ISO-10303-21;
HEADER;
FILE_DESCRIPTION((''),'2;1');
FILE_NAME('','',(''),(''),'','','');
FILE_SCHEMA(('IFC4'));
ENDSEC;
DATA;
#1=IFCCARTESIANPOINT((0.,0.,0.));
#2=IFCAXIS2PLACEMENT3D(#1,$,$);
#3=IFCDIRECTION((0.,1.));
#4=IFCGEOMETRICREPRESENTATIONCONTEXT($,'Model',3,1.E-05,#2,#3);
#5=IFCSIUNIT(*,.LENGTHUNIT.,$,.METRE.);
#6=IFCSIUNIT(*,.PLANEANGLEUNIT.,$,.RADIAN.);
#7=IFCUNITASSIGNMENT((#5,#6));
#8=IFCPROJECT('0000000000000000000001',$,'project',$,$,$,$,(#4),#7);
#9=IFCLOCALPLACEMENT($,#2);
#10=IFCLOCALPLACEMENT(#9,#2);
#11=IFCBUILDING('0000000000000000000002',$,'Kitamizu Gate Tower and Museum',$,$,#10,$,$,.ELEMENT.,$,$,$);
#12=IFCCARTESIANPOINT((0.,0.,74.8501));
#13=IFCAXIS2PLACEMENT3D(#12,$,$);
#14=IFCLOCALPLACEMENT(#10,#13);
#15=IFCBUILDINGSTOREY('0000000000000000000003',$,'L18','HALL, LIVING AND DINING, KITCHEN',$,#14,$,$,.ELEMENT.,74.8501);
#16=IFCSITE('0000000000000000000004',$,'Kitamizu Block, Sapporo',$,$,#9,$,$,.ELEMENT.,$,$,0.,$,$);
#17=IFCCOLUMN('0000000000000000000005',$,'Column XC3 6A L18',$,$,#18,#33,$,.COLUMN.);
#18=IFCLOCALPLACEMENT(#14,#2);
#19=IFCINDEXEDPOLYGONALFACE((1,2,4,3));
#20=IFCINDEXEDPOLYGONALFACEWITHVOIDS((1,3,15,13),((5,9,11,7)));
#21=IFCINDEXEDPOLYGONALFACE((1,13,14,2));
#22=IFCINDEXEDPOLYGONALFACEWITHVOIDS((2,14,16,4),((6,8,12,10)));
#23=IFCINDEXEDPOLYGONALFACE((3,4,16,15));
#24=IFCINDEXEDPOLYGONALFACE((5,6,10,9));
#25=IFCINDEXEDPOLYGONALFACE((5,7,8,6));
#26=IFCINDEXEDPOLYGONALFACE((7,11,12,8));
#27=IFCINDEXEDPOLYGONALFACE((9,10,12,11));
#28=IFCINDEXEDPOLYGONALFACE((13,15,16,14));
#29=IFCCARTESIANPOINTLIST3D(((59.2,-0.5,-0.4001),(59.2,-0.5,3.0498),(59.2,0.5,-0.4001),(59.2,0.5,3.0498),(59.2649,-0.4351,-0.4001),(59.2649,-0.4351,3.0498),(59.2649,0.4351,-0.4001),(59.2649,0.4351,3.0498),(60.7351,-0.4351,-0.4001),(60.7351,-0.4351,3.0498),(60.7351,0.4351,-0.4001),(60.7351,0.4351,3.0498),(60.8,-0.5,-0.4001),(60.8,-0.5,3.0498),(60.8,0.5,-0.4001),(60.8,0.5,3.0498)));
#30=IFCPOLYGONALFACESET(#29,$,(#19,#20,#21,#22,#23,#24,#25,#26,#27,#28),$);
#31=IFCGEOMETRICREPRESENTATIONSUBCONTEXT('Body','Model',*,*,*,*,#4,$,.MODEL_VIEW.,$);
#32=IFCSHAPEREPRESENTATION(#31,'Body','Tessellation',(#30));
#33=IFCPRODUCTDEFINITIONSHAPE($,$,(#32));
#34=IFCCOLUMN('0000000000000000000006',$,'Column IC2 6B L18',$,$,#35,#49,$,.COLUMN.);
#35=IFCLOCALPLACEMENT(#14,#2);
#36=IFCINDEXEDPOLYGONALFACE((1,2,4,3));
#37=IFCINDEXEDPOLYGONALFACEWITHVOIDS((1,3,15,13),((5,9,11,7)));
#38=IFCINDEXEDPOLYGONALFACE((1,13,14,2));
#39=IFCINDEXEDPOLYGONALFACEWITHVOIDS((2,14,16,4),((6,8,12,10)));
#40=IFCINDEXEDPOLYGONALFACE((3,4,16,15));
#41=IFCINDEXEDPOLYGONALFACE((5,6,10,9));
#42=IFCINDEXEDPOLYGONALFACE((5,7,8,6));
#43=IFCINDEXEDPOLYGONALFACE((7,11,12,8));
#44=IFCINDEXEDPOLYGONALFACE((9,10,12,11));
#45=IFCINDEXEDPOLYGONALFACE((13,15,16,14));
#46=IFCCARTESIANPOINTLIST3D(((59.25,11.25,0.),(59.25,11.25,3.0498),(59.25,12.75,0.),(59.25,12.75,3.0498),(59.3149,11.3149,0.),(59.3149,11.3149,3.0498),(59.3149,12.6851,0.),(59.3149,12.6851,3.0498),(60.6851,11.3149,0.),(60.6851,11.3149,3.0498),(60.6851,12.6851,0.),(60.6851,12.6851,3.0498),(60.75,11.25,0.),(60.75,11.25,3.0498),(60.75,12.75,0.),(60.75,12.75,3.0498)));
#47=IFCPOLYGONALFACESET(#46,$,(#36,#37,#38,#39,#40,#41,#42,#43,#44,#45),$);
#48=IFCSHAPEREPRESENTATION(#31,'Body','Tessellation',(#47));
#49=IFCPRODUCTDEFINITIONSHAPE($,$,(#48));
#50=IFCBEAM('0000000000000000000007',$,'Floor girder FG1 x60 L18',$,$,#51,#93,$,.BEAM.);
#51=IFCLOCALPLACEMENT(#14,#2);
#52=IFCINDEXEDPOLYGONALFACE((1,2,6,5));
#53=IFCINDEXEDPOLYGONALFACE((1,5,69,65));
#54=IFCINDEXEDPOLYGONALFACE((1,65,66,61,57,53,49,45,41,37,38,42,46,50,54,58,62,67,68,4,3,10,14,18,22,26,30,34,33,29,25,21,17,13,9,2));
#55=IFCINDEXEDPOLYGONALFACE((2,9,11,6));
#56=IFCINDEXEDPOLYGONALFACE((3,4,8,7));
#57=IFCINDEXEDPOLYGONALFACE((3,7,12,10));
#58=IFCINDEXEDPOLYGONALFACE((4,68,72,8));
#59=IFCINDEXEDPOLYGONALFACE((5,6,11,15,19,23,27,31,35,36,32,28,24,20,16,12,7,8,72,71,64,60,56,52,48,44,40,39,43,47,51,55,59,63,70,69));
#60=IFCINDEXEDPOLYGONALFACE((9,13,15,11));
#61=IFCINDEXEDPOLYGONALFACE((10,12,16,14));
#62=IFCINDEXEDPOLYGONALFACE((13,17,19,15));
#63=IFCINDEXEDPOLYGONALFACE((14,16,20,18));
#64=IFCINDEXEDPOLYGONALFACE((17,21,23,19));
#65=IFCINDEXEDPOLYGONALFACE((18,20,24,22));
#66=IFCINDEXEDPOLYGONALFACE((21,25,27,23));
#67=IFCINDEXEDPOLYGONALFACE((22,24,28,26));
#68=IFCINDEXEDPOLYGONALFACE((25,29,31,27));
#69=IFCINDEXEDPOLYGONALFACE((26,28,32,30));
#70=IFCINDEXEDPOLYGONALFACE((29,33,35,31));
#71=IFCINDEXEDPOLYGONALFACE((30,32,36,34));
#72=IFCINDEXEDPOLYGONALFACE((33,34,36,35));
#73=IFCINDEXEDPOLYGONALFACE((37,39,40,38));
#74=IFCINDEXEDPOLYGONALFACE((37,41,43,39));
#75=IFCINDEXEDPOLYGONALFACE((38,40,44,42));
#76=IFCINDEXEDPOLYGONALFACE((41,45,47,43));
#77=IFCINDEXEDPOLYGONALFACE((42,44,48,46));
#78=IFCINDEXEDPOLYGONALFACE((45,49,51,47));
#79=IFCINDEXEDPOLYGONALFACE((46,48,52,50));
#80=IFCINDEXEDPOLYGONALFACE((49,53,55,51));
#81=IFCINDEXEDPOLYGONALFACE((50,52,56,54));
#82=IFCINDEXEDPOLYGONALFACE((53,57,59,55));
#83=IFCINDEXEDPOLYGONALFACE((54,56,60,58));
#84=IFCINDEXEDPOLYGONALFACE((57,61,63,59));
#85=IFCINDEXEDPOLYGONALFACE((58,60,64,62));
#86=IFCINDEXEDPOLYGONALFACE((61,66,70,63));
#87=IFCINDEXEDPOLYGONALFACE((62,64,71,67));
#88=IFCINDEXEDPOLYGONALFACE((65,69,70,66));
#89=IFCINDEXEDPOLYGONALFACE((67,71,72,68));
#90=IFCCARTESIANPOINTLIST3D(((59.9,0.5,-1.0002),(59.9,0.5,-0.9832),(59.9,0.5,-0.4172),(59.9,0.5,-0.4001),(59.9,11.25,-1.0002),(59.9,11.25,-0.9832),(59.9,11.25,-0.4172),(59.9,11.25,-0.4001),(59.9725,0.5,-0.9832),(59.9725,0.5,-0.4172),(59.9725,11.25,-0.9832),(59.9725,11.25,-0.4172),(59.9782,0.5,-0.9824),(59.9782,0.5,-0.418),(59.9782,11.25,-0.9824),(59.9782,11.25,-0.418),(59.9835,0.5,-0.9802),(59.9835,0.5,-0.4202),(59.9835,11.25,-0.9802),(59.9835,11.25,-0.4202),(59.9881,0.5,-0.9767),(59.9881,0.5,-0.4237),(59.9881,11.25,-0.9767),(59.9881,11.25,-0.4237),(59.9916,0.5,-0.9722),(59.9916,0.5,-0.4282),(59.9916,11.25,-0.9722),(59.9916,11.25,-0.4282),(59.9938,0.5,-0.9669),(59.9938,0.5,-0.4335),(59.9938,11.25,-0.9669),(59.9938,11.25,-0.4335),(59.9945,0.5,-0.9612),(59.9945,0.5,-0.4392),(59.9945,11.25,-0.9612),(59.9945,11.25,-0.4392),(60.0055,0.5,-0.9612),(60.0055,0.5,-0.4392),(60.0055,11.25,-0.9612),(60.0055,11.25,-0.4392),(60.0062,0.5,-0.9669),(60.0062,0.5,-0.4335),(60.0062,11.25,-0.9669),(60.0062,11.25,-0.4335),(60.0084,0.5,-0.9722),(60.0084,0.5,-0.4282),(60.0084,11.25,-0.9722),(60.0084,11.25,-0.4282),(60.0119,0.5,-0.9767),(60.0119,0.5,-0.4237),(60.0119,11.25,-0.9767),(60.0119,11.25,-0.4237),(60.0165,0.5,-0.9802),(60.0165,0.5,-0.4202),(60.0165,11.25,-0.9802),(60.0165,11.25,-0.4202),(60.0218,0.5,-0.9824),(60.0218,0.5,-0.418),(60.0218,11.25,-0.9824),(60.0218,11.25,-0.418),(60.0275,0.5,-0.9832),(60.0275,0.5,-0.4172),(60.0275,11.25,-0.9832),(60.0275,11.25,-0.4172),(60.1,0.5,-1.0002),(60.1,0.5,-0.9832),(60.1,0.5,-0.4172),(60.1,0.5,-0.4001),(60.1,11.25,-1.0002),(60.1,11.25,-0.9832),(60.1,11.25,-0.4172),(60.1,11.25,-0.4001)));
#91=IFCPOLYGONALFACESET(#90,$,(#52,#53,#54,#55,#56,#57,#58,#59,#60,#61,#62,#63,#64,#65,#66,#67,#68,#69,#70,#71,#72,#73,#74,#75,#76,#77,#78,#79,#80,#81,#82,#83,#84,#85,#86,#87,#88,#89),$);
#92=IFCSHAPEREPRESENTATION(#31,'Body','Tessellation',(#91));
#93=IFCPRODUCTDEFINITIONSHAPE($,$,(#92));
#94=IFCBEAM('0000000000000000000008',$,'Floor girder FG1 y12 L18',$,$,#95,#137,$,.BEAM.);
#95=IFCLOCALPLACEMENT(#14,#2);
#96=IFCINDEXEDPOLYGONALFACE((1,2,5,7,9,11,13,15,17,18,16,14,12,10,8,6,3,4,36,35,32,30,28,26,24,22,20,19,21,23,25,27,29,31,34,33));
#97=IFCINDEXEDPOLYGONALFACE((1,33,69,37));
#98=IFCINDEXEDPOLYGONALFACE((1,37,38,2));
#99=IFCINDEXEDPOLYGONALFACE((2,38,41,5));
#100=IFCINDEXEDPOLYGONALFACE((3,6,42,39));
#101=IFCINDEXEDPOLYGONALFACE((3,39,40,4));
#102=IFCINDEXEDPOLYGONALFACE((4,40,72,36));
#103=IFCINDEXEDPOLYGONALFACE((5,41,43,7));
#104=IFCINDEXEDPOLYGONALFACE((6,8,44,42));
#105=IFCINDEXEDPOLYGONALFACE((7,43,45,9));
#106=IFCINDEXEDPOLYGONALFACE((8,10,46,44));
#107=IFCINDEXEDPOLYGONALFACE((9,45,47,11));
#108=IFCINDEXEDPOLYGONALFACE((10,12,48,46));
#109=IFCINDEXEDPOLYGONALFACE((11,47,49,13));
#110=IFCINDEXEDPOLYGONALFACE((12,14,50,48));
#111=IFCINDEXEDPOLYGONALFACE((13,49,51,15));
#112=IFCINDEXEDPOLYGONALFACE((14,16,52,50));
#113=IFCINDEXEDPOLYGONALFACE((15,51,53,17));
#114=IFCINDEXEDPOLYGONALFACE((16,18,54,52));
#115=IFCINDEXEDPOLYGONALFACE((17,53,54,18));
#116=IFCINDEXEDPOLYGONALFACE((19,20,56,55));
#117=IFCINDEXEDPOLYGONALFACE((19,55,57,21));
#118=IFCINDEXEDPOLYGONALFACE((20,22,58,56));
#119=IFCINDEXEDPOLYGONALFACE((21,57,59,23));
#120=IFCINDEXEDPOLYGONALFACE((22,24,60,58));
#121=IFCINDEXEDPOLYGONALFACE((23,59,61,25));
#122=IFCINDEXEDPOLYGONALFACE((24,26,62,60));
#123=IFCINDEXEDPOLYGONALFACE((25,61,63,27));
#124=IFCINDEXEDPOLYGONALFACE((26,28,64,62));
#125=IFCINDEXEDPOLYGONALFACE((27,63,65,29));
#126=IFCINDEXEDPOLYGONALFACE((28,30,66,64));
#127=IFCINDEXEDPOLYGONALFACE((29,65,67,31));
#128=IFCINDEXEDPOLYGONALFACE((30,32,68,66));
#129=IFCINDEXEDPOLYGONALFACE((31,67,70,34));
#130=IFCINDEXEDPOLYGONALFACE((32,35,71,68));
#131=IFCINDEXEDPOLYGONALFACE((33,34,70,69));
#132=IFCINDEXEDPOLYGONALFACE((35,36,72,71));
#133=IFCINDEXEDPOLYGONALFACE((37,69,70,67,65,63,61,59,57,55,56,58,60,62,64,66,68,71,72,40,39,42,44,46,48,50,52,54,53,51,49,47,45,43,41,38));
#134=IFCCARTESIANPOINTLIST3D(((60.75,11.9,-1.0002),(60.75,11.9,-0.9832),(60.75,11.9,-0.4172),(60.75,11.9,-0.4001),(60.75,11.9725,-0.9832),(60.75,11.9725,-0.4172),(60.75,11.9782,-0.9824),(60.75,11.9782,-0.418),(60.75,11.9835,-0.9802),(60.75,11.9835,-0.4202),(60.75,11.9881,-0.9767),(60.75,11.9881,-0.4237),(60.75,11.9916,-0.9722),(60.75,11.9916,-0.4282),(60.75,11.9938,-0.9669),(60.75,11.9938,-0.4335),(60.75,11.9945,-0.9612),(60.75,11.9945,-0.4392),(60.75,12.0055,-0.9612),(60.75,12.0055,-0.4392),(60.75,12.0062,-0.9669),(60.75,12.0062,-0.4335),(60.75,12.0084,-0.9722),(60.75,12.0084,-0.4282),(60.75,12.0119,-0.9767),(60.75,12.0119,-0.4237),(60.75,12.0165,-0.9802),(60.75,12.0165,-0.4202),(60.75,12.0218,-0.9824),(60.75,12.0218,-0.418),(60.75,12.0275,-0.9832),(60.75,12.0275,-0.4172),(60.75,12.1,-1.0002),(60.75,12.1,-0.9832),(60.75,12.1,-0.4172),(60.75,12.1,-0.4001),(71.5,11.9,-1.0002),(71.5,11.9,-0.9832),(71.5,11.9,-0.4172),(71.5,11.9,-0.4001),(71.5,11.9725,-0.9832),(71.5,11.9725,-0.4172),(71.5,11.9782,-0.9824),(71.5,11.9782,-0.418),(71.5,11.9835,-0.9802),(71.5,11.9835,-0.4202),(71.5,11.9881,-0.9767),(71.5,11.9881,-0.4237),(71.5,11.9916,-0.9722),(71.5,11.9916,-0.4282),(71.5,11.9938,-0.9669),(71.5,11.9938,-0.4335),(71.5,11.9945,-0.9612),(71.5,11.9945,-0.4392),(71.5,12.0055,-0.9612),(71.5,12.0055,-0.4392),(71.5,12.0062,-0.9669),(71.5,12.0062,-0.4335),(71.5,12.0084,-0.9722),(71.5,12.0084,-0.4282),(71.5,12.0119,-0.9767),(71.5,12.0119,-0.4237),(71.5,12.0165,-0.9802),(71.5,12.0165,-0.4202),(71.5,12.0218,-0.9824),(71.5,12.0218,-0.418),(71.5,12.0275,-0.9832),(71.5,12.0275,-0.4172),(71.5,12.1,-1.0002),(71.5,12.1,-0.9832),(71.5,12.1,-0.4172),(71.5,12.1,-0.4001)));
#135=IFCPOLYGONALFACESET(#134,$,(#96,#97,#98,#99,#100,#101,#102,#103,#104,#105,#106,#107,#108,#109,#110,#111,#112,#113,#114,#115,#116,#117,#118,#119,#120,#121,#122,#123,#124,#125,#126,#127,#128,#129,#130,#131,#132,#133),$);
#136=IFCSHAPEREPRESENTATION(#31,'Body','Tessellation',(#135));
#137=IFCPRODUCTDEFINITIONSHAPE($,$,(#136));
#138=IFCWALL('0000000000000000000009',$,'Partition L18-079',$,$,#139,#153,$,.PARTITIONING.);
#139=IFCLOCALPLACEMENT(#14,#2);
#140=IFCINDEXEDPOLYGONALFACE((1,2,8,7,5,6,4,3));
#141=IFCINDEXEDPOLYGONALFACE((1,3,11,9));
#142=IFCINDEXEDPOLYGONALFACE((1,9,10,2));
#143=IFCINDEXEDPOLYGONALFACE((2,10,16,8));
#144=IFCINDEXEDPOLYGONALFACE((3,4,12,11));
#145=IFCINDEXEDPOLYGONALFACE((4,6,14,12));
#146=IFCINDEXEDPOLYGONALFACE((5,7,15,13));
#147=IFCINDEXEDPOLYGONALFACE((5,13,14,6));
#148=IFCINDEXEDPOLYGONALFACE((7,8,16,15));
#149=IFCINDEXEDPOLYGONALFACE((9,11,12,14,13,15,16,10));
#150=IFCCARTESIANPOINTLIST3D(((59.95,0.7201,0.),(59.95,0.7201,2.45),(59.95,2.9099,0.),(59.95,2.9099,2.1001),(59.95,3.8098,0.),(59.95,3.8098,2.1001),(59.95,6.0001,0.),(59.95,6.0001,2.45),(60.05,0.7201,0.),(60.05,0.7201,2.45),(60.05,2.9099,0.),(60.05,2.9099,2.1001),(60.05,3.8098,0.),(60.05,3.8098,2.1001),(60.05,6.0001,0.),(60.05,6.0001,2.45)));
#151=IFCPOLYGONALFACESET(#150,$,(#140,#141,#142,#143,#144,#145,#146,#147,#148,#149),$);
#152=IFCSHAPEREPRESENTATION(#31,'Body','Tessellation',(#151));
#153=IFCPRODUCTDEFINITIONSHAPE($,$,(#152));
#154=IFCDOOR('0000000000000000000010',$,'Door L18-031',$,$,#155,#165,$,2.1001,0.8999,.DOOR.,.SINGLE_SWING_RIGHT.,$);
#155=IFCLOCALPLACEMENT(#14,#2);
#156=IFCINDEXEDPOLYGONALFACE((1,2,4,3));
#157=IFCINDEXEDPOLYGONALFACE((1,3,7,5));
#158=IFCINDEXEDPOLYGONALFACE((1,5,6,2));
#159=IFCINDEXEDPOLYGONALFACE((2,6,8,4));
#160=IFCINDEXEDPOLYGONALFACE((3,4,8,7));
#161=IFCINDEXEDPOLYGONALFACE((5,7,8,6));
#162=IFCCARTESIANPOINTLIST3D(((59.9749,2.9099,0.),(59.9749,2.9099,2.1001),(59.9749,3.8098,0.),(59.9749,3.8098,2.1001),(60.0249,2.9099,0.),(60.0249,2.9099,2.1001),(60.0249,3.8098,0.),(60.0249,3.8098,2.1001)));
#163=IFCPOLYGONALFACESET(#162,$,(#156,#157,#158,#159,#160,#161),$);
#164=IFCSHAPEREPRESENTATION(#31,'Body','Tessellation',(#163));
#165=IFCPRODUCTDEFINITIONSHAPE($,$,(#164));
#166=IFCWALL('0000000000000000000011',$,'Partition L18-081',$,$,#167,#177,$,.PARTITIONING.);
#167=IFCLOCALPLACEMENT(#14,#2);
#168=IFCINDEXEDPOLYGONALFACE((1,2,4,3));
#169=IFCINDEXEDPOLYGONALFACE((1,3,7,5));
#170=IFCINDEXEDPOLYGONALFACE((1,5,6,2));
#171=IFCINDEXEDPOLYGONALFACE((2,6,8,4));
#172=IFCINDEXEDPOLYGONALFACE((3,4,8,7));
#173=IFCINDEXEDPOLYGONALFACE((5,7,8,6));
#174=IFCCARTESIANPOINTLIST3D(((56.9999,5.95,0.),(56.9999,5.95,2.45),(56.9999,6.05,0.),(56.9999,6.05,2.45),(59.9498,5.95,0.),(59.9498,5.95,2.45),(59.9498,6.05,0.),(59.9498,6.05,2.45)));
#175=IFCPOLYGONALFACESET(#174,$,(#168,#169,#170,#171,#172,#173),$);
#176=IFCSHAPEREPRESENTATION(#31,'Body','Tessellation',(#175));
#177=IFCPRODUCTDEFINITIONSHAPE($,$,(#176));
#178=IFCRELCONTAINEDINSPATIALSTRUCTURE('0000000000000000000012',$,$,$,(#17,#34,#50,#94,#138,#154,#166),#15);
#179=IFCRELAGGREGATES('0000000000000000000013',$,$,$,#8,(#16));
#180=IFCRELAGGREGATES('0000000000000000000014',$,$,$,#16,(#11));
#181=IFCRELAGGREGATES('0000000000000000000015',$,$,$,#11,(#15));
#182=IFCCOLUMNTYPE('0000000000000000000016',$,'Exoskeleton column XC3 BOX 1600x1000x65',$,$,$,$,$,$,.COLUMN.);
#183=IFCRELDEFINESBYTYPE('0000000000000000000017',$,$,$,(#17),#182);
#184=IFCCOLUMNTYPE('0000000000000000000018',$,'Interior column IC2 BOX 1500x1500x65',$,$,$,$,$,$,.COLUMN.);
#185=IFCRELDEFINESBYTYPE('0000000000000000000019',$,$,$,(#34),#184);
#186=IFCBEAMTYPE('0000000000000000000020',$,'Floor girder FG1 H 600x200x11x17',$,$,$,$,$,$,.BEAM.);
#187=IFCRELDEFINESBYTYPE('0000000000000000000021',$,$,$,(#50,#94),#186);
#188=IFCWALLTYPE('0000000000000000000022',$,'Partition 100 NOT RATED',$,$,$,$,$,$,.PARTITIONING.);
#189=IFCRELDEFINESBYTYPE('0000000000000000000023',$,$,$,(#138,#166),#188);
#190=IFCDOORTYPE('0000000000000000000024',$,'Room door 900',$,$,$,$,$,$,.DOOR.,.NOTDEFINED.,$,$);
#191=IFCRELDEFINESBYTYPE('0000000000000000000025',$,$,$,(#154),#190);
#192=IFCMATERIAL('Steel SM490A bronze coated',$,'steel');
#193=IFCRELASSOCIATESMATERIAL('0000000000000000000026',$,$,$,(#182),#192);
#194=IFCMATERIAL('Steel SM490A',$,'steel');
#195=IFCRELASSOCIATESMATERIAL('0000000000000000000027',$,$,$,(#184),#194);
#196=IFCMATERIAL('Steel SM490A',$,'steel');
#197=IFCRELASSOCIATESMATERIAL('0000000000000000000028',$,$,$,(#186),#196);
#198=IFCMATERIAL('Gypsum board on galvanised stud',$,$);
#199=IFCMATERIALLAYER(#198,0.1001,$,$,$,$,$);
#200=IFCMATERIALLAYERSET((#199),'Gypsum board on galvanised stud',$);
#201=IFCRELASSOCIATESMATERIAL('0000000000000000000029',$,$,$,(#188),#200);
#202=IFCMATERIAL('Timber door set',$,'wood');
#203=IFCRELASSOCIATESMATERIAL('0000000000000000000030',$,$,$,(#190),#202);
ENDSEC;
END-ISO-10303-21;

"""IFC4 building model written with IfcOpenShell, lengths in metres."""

from ifc_helpers import new_model, si_unit, direction, frame, frame_2d, origin, origin_2d, place, context, subcontext, project, spatial, rectangle, hollow_rectangle, i_section, extrude, material, layer, layer_set, material_profile, profile_set, type_object, element, fill, save


model = new_model("IFC4")

# Units and contexts
model_context = context("Model", 3, precision=1e-05, world=origin(), true_north=direction((0.0, 1.0)))
body_context = subcontext(model_context, "Body", "Model", "MODEL_VIEW")
ifc_project = project(units=[si_unit("LENGTHUNIT", "METRE"), si_unit("PLANEANGLEUNIT", "RADIAN")], contexts=[model_context])

# Site, building, storey
site_placement = place(None, origin())
site = spatial("IfcSite", under=ifc_project, at=site_placement, Name="Kitamizu Block, Sapporo", CompositionType="ELEMENT", RefElevation=0.0)
building_placement = place(site_placement, origin())
building = spatial("IfcBuilding", under=site, at=building_placement, Name="Kitamizu Gate Tower and Museum", CompositionType="ELEMENT")
storey_placement = place(building_placement, frame((0.0, 0.0, 74.8501)))
storey = spatial("IfcBuildingStorey", under=building, at=storey_placement, Name="L18", Description="HALL, LIVING AND DINING, KITCHEN", CompositionType="ELEMENT", Elevation=74.8501)

# Columns
ifc_material_1 = material(Name="Steel SM490A bronze coated", Category="steel")
ifc_material_profile_1 = material_profile(ifc_material_1, hollow_rectangle(XDim=1.6001, YDim=1.0, WallThickness=0.0649, at=origin_2d()), Name="BOX 1600x1000x65")
ifc_profile_set_1 = profile_set([ifc_material_profile_1], Name="Steel SM490A bronze coated")
column_type_1 = type_object("IfcColumnType", Name="Exoskeleton column XC3 BOX 1600x1000x65", PredefinedType="COLUMN", material=ifc_profile_set_1)
column_1_placement = place(storey_placement, frame((60.0, 0.0, -0.4001), z_axis=(0.0, 0.0, 1.0), x_axis=(1.0, 0.0, 0.0)))
element("IfcColumn", 1, at=column_1_placement, inside=storey, type_object=column_type_1, Name="Column XC3 6A L18", PredefinedType="COLUMN", context=body_context, shape_type="SweptSolid", body=[
    extrude(hollow_rectangle(XDim=1.6001, YDim=1.0, WallThickness=0.0649, at=origin_2d()), origin(), (0.0, 0.0, 1.0), 3.45),
])
ifc_material_2 = material(Name="Steel SM490A", Category="steel")
ifc_material_profile_2 = material_profile(ifc_material_2, hollow_rectangle(XDim=1.5, YDim=1.5, WallThickness=0.0649, at=origin_2d()), Name="BOX 1500x1500x65")
ifc_profile_set_2 = profile_set([ifc_material_profile_2], Name="Steel SM490A")
column_type_2 = type_object("IfcColumnType", Name="Interior column IC2 BOX 1500x1500x65", PredefinedType="COLUMN", material=ifc_profile_set_2)
column_2_placement = place(storey_placement, frame((60.0, 12.0, 0.0), z_axis=(0.0, 0.0, 1.0), x_axis=(1.0, 0.0, 0.0)))
element("IfcColumn", 2, at=column_2_placement, inside=storey, type_object=column_type_2, Name="Column IC2 6B L18", PredefinedType="COLUMN", context=body_context, shape_type="SweptSolid", body=[
    extrude(hollow_rectangle(XDim=1.5, YDim=1.5, WallThickness=0.0649, at=origin_2d()), origin(), (0.0, 0.0, 1.0), 3.0498),
])

# Beams
ifc_material_3 = material(Name="Steel SM490A", Category="steel")
ifc_material_profile_3 = material_profile(ifc_material_3, i_section(OverallWidth=0.2, OverallDepth=0.6001, WebThickness=0.011, FlangeThickness=0.0171, FilletRadius=0.022, at=origin_2d()), Name="H-600x200x11x17")
ifc_profile_set_3 = profile_set([ifc_material_profile_3], Name="Steel SM490A")
beam_type = type_object("IfcBeamType", Name="Floor girder FG1 H 600x200x11x17", PredefinedType="BEAM", material=ifc_profile_set_3)
for number, where, z_axis, x_axis, name in (
    (3, (60.0, 0.5, -0.7002), (0.0, 1.0, 0.0), (-1.0, 0.0, 0.0), "Floor girder FG1 x60 L18"),
    (4, (60.75, 12.0, -0.7002), (1.0, 0.0, 0.0), (0.0, 1.0, 0.0), "Floor girder FG1 y12 L18"),
):
    element("IfcBeam", number, at=place(storey_placement, frame(where, z_axis=z_axis, x_axis=x_axis)), inside=storey, type_object=beam_type, Name=name, PredefinedType="BEAM", context=body_context, shape_type="SweptSolid", body=[
        extrude(i_section(OverallWidth=0.2, OverallDepth=0.6001, WebThickness=0.011, FlangeThickness=0.0171, FilletRadius=0.022, at=origin_2d()), origin(), (0.0, 0.0, 1.0), 10.75),
    ])

# Wall, opening, door
ifc_material_4 = material(Name="Gypsum board on galvanised stud")
ifc_layer_1 = layer(ifc_material_4, 0.1001)
ifc_layer_set_1 = layer_set([ifc_layer_1], Name="Gypsum board on galvanised stud")
wall_type_1 = type_object("IfcWallType", Name="Partition 100 NOT RATED", PredefinedType="PARTITIONING", material=ifc_layer_set_1)
wall_1_placement = place(storey_placement, frame((60.0, 0.72, 0.0), z_axis=(0.0, 0.0, 1.0), x_axis=(0.0, 1.0, 0.0)))
wall_1 = element("IfcWall", 5, at=wall_1_placement, inside=storey, type_object=wall_type_1, Name="Partition L18-079", PredefinedType="PARTITIONING", context=body_context, shape_type="SweptSolid", body=[
    extrude(rectangle(XDim=5.28, YDim=0.1001, at=frame_2d((2.6401, 0.0))), origin(), (0.0, 0.0, 1.0), 2.45),
])
opening_1_placement = place(wall_1_placement, frame((2.1899, 0.0, 0.0)))
opening_1 = element("IfcOpeningElement", 6, at=opening_1_placement, cuts=wall_1, PredefinedType="OPENING", context=body_context, shape_type="SweptSolid", body=[
    extrude(rectangle(XDim=0.8999, YDim=2.1001, at=frame_2d((0.45, 1.05))), frame((0.0, 0.0601, 0.0), z_axis=(0.0, -1.0, 0.0), x_axis=(1.0, 0.0, 0.0)), (0.0, 0.0, 1.0), 0.1201),
])
ifc_material_5 = material(Name="Timber door set", Category="wood")
door_type = type_object("IfcDoorType", Name="Room door 900", OperationType="NOTDEFINED", PredefinedType="DOOR", material=ifc_material_5)
door_1_placement = place(opening_1_placement, frame((0.8999, 0.0, 0.0), x_axis=(-1.0, 0.0, 0.0)))
door_1 = element("IfcDoor", 7, at=door_1_placement, inside=storey, type_object=door_type, Name="Door L18-031", OperationType="SINGLE_SWING_RIGHT", OverallHeight=2.1001, OverallWidth=0.8999, PredefinedType="DOOR", context=body_context, shape_type="SweptSolid", body=[
    extrude(rectangle(XDim=0.8999, YDim=2.1001, at=frame_2d((0.45, 1.05))), frame((0.0, 0.0249, 0.0), z_axis=(0.0, -1.0, 0.0), x_axis=(1.0, 0.0, 0.0)), (0.0, 0.0, 1.0), 0.05),
])
fill(opening_1, door_1)

# Wall
wall_2_placement = place(storey_placement, frame((59.95, 6.0, 0.0), z_axis=(0.0, 0.0, 1.0), x_axis=(-1.0, 0.0, 0.0)))
element("IfcWall", 8, at=wall_2_placement, inside=storey, type_object=wall_type_1, Name="Partition L18-081", PredefinedType="PARTITIONING", context=body_context, shape_type="SweptSolid", body=[
    extrude(rectangle(XDim=2.95, YDim=0.1001, at=frame_2d((1.4751, 0.0))), origin(), (0.0, 0.0, 1.0), 2.45),
])

save(model, "model.ifc")
